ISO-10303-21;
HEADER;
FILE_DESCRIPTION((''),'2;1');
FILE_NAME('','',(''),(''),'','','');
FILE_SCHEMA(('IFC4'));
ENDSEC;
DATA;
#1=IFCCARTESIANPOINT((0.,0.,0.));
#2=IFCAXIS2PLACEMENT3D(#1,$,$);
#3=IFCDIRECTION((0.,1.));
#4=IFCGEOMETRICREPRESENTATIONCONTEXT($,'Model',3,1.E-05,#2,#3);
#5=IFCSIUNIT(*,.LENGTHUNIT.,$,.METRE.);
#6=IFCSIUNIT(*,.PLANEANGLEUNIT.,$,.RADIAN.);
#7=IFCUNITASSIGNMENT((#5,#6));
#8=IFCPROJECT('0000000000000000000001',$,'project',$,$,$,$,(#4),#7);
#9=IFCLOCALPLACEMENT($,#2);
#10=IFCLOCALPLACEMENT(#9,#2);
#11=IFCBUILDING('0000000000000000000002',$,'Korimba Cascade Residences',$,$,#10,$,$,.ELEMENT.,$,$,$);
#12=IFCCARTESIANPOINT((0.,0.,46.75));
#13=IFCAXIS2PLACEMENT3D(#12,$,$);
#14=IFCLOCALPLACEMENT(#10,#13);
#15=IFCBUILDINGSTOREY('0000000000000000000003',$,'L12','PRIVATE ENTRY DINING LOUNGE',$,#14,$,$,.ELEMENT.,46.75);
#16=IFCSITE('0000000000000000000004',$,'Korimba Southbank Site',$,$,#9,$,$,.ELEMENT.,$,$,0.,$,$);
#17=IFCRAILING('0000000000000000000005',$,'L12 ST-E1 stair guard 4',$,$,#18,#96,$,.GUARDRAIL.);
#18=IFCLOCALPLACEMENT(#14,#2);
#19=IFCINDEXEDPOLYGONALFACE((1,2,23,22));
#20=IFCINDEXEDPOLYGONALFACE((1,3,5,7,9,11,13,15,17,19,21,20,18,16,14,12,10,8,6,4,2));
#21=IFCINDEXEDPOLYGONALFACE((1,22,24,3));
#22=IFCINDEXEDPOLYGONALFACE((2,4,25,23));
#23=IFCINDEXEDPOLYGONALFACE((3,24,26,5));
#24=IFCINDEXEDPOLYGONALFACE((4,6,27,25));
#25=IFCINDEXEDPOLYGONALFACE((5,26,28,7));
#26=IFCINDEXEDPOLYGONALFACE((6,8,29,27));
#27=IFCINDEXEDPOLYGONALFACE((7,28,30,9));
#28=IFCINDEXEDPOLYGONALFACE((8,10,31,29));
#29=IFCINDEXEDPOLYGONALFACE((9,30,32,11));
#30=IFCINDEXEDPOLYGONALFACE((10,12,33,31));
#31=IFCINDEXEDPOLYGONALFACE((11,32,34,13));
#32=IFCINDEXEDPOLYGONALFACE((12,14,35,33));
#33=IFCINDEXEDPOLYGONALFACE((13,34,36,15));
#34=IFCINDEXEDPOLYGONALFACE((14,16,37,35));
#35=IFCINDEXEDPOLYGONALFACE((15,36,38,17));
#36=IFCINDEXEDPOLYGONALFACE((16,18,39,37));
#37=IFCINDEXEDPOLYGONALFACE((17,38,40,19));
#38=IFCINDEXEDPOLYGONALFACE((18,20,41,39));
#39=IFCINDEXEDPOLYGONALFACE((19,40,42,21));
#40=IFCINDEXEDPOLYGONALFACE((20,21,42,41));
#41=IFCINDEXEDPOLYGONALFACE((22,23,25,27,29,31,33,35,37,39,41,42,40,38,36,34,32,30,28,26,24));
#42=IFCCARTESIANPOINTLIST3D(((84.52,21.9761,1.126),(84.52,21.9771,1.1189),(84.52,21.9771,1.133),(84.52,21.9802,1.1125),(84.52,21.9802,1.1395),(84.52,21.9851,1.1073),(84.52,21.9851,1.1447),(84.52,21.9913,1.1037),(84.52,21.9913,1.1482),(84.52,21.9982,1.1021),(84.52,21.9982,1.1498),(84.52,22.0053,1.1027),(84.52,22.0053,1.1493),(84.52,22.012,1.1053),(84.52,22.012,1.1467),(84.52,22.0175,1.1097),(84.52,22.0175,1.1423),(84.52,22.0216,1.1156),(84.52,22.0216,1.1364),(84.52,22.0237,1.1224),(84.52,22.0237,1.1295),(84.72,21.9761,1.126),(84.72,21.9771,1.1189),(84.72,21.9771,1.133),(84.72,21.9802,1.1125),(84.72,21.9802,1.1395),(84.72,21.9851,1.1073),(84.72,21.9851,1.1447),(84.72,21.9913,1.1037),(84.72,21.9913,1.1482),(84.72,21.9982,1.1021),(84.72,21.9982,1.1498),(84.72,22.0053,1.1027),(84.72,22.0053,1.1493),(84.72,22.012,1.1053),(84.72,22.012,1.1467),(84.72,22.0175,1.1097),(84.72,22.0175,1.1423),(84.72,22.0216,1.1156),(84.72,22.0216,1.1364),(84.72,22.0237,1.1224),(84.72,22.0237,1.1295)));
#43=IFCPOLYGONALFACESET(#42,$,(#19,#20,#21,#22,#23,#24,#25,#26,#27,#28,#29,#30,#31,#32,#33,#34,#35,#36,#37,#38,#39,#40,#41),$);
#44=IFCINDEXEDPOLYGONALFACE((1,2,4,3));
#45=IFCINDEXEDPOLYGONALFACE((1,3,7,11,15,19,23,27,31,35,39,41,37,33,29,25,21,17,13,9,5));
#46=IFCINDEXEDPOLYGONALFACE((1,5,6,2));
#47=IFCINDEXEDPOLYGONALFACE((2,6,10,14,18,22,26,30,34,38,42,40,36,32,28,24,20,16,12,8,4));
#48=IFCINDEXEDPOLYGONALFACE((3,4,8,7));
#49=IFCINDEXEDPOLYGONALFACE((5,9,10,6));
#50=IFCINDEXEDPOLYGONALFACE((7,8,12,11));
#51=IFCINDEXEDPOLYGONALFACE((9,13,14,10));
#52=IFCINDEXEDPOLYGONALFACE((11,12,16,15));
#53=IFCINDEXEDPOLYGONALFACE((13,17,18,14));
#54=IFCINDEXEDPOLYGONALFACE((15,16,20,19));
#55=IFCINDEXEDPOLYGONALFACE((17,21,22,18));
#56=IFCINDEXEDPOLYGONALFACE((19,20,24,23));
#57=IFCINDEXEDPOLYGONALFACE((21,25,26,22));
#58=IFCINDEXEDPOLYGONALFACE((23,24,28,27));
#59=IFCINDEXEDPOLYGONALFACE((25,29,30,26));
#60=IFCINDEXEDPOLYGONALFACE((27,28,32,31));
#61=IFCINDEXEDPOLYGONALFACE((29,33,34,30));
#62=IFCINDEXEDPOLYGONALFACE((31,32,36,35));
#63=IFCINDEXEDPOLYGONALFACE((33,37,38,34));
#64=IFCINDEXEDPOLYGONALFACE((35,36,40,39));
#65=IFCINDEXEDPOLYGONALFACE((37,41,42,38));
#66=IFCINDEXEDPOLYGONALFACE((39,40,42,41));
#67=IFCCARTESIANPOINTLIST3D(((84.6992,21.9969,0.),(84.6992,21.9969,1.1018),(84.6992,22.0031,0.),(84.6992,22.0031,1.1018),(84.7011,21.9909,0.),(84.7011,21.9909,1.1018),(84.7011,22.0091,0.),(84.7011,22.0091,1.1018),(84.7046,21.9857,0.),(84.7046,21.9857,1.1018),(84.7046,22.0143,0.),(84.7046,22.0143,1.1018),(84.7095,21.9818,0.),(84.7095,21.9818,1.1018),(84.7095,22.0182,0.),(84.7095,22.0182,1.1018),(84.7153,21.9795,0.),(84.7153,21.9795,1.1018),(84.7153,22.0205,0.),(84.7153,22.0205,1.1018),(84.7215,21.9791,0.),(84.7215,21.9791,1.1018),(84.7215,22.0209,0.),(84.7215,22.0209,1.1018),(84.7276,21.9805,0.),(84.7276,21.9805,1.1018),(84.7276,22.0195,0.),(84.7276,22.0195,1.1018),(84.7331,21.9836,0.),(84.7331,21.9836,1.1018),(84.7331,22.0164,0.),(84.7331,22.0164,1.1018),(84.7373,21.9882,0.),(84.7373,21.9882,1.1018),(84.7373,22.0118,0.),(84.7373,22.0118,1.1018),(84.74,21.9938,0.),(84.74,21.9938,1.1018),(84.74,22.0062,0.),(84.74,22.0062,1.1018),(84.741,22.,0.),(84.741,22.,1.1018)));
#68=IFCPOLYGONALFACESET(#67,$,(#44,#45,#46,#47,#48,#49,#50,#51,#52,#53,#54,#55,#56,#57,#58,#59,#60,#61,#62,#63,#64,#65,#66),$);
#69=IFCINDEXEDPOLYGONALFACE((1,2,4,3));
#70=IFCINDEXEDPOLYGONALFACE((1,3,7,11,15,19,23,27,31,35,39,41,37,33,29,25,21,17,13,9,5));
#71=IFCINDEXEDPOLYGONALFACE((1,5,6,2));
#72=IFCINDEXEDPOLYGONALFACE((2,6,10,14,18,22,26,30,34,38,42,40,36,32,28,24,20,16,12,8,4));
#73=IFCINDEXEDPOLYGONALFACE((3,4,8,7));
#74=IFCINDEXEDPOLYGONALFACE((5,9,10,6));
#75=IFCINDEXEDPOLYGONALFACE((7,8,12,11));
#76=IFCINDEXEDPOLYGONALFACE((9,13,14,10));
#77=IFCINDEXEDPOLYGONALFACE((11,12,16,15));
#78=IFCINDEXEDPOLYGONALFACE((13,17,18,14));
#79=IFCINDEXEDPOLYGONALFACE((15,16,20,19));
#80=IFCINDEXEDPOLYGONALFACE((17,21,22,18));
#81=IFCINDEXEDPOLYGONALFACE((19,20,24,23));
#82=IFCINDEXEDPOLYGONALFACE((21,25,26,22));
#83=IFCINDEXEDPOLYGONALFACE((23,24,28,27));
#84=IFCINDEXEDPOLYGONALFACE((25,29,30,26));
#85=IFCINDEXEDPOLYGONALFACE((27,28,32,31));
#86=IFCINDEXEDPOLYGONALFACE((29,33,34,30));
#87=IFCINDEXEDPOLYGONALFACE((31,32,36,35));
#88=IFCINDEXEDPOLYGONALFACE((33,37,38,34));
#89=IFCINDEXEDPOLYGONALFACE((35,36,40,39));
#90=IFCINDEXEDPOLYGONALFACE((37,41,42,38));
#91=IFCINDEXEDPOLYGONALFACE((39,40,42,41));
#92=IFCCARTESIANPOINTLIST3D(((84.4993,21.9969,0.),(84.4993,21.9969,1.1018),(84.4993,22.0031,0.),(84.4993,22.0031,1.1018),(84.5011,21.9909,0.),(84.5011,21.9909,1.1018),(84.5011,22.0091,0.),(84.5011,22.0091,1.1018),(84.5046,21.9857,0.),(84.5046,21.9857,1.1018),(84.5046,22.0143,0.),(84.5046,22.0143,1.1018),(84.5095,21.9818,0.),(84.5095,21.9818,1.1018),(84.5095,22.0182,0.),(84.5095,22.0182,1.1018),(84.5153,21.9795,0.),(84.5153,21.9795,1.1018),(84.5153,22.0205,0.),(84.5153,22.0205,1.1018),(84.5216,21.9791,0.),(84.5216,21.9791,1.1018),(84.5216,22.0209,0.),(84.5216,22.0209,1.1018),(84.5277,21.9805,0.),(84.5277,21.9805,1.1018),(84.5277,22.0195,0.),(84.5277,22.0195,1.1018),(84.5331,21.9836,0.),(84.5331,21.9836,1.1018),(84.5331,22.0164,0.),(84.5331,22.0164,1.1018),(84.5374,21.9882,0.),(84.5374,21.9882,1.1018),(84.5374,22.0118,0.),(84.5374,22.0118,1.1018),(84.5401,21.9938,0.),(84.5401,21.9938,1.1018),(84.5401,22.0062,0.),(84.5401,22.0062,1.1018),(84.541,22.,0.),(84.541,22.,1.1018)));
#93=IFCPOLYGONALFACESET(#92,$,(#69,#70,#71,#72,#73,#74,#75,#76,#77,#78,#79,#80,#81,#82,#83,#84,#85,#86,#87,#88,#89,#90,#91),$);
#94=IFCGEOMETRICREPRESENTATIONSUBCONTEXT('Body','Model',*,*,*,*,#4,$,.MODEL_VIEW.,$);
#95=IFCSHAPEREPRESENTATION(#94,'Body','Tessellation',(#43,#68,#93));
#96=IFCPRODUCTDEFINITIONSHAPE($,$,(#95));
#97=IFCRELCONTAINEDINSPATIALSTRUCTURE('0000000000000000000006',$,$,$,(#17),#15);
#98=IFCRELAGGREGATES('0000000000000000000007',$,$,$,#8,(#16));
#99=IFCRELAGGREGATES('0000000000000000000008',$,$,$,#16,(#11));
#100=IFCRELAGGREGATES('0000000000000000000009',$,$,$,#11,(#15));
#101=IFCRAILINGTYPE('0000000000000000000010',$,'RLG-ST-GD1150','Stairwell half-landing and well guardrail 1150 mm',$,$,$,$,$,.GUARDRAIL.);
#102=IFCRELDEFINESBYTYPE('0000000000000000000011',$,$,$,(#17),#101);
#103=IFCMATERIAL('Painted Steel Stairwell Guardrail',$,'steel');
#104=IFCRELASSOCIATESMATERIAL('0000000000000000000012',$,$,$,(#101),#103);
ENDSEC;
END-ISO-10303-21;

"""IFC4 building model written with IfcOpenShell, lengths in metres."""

from ifc_helpers import new_model, si_unit, direction, frame, origin, origin_2d, place, context, subcontext, project, spatial, circle, extrude, material, type_object, element, save


model = new_model("IFC4")

# Units and contexts
model_context = context("Model", 3, precision=1e-05, world=origin(), true_north=direction((0.0, 1.0)))
body_context = subcontext(model_context, "Body", "Model", "MODEL_VIEW")
ifc_project = project(units=[si_unit("LENGTHUNIT", "METRE"), si_unit("PLANEANGLEUNIT", "RADIAN")], contexts=[model_context])

# Site, building, storey
site_placement = place(None, origin())
site = spatial("IfcSite", under=ifc_project, at=site_placement, Name="Korimba Southbank Site", CompositionType="ELEMENT", RefElevation=0.0)
building_placement = place(site_placement, origin())
building = spatial("IfcBuilding", under=site, at=building_placement, Name="Korimba Cascade Residences", CompositionType="ELEMENT")
storey_placement = place(building_placement, frame((0.0, 0.0, 46.75)))
storey = spatial("IfcBuildingStorey", under=building, at=storey_placement, Name="L12", Description="PRIVATE ENTRY DINING LOUNGE", CompositionType="ELEMENT", Elevation=46.75)

# Railing
ifc_material_1 = material(Name="Painted Steel Stairwell Guardrail", Category="steel")
railing_type_1 = type_object("IfcRailingType", Name="RLG-ST-GD1150", Description="Stairwell half-landing and well guardrail 1150 mm", PredefinedType="GUARDRAIL", material=ifc_material_1)
railing_1_placement = place(storey_placement, frame((84.72, 22.0, 0.0)))
element("IfcRailing", 1, at=railing_1_placement, inside=storey, type_object=railing_type_1, Name="L12 ST-E1 stair guard 4", PredefinedType="GUARDRAIL", context=body_context, shape_type="SweptSolid", body=[
    extrude(circle(Radius=0.0239, at=origin_2d()), frame((0.0, 0.0, 1.126), z_axis=(-1.0, 0.0, 0.0), x_axis=(0.0, -1.0, 0.0)), (0.0, 0.0, 1.0), 0.2),
    extrude(circle(Radius=0.021, at=origin_2d()), origin(), (0.0, 0.0, 1.0), 1.1018),
    extrude(circle(Radius=0.021, at=origin_2d()), frame((-0.2, 0.0, 0.0)), (0.0, 0.0, 1.0), 1.1018),
])

save(model, "model.ifc")
